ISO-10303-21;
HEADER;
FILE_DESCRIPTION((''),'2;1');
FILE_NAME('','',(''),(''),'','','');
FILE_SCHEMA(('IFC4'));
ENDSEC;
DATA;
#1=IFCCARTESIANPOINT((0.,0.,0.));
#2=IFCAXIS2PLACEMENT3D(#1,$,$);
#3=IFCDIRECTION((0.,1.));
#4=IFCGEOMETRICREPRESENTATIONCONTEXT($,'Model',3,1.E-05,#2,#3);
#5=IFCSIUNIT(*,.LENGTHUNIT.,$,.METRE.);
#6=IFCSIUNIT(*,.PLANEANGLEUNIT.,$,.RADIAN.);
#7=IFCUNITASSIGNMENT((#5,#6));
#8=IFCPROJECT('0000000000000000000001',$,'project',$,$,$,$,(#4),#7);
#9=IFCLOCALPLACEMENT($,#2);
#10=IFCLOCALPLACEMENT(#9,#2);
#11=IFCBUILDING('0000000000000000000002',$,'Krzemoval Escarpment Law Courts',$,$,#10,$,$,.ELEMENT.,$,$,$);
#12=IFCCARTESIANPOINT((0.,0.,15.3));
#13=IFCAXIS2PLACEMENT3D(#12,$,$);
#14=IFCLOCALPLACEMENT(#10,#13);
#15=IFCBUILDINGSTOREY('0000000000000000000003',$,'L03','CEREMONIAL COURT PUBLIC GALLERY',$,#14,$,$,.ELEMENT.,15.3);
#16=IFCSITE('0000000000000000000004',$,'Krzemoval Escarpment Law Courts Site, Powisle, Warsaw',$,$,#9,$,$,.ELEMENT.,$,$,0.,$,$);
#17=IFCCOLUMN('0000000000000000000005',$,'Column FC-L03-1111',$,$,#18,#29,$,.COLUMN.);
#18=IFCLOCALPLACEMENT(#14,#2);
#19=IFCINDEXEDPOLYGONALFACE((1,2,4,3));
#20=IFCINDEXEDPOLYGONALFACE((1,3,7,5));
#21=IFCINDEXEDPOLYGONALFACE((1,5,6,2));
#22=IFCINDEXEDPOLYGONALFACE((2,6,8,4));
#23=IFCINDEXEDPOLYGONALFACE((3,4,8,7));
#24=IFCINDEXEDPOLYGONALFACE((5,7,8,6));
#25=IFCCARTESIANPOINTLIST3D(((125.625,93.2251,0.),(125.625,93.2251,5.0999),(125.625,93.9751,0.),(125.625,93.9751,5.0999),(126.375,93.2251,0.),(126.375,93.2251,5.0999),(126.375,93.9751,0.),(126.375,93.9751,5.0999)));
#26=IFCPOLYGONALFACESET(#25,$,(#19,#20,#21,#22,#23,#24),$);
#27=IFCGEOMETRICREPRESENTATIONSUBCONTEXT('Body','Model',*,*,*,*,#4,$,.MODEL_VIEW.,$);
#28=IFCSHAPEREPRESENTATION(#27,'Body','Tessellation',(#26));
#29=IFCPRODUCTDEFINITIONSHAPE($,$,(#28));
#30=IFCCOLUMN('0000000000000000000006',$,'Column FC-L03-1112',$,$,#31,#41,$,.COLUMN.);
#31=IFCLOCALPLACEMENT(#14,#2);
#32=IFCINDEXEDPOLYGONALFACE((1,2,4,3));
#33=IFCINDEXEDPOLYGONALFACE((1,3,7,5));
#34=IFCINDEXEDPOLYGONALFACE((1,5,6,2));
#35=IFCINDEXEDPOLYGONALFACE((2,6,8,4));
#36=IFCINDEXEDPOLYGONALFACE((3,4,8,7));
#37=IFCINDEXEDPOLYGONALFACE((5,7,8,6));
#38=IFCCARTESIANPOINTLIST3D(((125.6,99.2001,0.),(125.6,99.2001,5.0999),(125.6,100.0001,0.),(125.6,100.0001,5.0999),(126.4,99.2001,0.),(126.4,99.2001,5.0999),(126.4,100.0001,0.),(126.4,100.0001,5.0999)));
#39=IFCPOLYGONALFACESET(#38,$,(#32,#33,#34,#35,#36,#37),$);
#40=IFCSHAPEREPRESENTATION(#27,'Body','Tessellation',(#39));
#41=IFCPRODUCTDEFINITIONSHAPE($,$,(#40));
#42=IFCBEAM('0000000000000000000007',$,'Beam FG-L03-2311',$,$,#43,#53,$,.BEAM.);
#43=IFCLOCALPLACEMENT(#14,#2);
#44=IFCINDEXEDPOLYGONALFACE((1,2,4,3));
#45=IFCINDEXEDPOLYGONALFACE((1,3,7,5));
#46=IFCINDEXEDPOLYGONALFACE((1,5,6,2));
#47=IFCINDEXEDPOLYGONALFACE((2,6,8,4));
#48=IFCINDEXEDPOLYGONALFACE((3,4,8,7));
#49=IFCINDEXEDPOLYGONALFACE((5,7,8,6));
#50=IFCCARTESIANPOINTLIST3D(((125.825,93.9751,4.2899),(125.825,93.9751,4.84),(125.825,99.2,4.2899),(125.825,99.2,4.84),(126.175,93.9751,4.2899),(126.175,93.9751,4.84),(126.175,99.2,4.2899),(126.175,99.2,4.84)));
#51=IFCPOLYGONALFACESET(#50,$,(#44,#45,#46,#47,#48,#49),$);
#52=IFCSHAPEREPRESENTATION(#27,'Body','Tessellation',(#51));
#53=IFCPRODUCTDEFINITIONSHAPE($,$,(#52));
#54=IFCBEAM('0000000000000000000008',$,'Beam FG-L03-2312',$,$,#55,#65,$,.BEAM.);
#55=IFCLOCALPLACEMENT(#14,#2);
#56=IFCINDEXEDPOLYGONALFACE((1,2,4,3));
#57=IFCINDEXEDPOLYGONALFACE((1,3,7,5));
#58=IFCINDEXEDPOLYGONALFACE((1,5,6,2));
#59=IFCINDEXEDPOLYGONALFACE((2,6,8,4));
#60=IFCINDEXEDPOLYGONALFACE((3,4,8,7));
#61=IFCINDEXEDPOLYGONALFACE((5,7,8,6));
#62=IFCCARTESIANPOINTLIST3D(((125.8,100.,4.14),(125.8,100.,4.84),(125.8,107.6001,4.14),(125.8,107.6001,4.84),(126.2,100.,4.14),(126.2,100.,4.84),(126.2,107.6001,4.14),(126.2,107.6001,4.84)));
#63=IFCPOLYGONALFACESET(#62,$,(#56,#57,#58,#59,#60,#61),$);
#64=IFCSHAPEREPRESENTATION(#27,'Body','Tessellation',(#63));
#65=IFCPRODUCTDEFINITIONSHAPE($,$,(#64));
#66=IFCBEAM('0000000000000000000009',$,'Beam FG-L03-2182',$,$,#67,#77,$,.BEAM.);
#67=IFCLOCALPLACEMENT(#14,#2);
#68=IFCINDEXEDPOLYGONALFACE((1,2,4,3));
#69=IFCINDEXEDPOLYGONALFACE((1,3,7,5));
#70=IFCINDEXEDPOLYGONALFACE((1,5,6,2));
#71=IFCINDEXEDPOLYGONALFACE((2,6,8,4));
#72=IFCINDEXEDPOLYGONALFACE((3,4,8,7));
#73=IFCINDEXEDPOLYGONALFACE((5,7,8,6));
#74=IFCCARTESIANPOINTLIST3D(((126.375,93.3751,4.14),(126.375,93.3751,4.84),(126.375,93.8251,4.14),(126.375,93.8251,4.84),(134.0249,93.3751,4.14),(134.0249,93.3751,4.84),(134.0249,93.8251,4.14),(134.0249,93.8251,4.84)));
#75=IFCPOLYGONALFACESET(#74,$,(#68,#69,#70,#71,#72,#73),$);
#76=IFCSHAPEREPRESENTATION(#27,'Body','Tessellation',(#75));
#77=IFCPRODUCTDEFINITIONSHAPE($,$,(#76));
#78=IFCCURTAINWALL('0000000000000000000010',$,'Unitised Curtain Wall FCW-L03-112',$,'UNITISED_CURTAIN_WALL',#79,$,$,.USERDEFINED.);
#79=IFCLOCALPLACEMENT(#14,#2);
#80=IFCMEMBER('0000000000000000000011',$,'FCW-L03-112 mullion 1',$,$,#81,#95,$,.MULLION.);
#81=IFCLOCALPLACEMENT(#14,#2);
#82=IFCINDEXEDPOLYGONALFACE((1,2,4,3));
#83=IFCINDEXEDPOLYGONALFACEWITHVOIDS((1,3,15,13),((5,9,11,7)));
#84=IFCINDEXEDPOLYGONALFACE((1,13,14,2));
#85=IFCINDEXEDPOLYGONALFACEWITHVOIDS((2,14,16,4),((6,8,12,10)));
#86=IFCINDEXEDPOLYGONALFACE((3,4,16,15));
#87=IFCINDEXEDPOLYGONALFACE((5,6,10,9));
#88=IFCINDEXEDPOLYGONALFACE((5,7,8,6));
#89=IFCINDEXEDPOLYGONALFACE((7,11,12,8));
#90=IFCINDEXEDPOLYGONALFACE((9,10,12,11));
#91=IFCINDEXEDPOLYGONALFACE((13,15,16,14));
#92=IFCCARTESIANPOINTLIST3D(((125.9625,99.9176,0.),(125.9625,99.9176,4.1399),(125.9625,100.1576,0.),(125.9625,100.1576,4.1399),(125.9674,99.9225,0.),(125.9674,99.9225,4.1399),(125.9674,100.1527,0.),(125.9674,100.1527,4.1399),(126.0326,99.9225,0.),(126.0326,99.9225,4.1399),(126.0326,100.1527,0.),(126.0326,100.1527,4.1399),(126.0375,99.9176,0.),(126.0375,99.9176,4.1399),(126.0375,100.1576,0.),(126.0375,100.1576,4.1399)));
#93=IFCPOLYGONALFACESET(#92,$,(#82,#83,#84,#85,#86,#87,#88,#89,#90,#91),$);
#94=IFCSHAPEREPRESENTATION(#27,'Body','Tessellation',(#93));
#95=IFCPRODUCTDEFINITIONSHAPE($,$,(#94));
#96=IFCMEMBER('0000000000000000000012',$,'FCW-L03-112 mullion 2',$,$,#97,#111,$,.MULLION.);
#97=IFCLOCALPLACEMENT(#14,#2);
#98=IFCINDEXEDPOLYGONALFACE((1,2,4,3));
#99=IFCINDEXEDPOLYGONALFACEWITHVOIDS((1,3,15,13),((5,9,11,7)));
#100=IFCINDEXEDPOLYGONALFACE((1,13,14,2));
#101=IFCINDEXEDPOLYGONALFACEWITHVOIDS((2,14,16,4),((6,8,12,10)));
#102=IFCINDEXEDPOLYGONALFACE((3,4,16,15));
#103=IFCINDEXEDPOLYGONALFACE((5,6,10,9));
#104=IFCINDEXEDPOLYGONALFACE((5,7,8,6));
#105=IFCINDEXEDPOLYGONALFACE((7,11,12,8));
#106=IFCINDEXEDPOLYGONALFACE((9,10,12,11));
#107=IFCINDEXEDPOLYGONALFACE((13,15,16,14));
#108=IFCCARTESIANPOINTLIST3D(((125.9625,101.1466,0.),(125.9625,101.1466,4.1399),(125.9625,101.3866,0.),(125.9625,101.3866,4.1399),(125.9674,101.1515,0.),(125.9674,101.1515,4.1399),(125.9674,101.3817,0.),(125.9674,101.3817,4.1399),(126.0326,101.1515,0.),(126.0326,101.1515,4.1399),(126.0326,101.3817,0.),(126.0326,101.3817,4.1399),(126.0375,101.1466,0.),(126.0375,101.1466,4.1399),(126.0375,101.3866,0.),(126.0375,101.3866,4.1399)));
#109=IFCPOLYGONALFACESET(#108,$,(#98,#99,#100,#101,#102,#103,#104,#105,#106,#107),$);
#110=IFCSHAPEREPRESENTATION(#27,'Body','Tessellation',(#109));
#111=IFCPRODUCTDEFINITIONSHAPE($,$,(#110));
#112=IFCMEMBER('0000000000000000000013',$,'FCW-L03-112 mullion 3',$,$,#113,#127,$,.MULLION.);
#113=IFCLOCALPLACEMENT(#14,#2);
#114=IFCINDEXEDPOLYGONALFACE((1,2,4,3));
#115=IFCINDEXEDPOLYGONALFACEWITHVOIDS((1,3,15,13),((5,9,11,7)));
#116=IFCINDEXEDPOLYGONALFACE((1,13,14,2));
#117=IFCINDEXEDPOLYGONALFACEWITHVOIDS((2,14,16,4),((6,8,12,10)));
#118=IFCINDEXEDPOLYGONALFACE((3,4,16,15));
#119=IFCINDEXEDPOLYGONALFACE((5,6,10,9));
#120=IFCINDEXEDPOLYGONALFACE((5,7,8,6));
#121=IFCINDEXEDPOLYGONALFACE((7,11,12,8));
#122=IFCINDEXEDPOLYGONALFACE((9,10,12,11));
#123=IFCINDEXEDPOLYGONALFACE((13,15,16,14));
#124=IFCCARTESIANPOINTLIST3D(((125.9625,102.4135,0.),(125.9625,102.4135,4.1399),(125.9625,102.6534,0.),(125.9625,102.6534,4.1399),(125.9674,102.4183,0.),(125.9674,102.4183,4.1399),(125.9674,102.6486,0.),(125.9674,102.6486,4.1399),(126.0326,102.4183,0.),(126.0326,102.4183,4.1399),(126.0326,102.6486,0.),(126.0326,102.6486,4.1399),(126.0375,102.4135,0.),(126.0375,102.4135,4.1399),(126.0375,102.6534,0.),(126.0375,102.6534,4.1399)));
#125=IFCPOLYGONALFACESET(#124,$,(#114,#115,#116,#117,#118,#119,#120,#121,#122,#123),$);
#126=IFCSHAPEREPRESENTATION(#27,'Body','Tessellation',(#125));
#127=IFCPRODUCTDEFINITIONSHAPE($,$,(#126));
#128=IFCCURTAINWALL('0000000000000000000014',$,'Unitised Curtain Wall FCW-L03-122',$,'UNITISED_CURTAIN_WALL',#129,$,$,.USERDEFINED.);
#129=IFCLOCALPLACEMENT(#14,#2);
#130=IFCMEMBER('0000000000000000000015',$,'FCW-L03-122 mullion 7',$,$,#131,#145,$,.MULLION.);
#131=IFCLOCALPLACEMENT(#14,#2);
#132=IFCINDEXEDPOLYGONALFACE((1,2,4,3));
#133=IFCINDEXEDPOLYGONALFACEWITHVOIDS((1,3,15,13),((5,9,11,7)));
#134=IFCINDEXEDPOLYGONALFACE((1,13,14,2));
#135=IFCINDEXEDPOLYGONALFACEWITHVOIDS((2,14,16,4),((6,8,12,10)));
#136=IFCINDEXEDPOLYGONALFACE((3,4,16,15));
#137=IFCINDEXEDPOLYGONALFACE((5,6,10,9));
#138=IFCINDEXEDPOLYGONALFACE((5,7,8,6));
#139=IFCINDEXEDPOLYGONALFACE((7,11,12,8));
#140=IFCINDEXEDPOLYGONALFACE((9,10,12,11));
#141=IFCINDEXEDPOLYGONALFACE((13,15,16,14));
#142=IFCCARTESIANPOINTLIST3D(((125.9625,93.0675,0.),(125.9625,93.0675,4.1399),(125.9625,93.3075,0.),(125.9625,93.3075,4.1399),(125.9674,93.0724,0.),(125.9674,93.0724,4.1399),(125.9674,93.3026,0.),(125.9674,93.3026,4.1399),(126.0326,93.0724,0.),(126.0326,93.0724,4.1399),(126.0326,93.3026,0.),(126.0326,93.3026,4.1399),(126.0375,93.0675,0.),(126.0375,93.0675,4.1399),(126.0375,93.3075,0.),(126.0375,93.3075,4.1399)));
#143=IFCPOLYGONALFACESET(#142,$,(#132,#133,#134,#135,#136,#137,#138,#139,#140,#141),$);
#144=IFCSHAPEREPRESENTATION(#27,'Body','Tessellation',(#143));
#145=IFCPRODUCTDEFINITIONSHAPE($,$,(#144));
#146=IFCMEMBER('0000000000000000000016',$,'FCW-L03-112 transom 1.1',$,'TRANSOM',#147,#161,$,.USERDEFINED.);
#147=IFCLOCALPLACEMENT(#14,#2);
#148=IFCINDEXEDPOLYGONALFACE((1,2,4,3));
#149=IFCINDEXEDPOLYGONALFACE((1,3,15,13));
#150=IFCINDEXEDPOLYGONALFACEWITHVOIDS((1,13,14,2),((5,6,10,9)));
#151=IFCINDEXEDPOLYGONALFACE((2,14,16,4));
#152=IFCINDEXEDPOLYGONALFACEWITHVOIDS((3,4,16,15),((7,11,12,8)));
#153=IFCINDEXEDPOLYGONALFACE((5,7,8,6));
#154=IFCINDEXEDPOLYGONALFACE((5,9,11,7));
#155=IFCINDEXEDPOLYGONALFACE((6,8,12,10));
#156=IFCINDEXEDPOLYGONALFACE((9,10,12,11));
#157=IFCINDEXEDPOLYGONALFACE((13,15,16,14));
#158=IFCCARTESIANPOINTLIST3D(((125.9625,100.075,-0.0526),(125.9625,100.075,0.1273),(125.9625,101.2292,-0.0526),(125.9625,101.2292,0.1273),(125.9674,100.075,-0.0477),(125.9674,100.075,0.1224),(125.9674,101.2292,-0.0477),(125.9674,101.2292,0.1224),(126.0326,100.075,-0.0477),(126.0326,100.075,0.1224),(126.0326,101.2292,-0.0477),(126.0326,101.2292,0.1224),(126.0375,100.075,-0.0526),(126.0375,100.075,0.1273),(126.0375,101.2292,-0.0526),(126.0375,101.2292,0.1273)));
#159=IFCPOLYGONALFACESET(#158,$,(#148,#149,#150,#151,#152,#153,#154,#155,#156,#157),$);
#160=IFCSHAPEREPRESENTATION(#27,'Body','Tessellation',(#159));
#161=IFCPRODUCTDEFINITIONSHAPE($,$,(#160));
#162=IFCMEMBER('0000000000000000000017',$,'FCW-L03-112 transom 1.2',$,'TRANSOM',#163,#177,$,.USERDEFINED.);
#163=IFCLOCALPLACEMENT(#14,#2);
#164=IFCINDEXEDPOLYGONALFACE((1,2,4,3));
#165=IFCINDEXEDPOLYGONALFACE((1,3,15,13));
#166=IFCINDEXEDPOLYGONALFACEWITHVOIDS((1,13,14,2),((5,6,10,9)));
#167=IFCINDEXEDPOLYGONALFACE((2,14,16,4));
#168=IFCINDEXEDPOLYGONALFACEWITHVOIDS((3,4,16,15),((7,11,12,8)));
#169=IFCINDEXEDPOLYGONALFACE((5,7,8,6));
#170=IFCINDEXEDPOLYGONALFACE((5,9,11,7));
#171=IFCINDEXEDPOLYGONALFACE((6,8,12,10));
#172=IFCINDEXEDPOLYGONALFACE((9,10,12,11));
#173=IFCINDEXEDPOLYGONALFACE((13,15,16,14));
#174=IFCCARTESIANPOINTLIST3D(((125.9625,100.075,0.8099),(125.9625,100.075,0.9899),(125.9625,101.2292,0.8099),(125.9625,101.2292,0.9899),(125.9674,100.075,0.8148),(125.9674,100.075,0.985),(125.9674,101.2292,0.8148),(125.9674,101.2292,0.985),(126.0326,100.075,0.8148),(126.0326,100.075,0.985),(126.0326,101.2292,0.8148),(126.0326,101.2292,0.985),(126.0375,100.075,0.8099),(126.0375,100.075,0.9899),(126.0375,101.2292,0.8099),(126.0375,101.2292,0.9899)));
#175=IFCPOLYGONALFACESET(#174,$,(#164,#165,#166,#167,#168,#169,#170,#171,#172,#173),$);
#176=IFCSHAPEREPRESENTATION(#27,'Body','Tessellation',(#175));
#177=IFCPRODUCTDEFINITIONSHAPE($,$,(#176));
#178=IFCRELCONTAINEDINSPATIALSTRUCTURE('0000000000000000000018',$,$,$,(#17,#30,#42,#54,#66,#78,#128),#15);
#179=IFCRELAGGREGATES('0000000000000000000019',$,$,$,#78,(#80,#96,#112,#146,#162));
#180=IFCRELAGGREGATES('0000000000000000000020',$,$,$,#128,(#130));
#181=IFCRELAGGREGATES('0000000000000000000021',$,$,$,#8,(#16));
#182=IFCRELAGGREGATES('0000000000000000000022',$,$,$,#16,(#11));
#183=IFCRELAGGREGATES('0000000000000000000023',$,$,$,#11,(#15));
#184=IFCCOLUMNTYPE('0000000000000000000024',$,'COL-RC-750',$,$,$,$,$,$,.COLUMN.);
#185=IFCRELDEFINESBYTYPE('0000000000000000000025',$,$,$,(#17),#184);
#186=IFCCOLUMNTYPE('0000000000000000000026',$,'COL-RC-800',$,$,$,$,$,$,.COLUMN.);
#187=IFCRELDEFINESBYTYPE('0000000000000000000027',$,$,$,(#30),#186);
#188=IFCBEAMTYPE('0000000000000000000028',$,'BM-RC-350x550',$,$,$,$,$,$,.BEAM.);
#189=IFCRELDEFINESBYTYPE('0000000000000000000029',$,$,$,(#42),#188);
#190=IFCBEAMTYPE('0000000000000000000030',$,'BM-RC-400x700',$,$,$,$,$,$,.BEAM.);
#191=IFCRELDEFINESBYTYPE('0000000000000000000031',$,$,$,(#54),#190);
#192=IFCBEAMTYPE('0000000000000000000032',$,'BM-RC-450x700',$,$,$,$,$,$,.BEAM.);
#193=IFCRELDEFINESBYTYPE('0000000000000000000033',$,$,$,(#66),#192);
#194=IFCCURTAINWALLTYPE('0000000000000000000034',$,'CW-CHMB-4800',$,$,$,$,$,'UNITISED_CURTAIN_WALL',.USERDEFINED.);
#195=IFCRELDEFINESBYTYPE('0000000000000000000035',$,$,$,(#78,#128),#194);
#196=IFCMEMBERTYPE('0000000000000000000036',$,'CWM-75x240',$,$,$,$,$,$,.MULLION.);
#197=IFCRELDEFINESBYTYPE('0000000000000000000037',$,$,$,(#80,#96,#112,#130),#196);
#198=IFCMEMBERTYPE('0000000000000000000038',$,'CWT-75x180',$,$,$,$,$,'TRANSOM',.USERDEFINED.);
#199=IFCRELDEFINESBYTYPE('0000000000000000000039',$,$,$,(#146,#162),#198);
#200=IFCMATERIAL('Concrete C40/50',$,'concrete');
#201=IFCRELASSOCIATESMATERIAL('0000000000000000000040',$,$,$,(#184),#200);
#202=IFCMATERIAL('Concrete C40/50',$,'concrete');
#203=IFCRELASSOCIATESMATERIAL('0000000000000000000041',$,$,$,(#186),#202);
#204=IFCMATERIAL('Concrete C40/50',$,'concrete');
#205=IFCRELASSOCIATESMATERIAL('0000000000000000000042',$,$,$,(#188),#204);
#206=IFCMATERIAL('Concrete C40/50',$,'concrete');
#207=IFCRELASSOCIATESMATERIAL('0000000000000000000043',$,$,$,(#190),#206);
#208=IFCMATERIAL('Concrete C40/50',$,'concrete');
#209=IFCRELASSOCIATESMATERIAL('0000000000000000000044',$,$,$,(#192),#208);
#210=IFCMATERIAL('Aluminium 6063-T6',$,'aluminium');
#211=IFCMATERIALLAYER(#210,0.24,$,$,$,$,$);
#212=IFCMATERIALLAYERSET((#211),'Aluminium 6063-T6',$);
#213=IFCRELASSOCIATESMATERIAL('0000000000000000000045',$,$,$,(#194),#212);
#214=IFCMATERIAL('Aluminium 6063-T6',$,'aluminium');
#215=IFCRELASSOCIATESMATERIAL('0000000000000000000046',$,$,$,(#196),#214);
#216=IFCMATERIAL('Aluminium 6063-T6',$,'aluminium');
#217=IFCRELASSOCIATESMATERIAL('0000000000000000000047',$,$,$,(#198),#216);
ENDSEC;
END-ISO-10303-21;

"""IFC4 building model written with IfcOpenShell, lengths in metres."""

from ifc_helpers import new_model, si_unit, direction, frame, origin, origin_2d, place, context, subcontext, project, spatial, rectangle, hollow_rectangle, extrude, material, layer, layer_set, material_profile, profile_set, type_object, element, aggregate, save


model = new_model("IFC4")

# Units and contexts
model_context = context("Model", 3, precision=1e-05, world=origin(), true_north=direction((0.0, 1.0)))
body_context = subcontext(model_context, "Body", "Model", "MODEL_VIEW")
ifc_project = project(units=[si_unit("LENGTHUNIT", "METRE"), si_unit("PLANEANGLEUNIT", "RADIAN")], contexts=[model_context])

# Site, building, storey
site_placement = place(None, origin())
site = spatial("IfcSite", under=ifc_project, at=site_placement, Name="Krzemoval Escarpment Law Courts Site, Powisle, Warsaw", CompositionType="ELEMENT", RefElevation=0.0)
building_placement = place(site_placement, origin())
building = spatial("IfcBuilding", under=site, at=building_placement, Name="Krzemoval Escarpment Law Courts", CompositionType="ELEMENT")
storey_placement = place(building_placement, frame((0.0, 0.0, 15.3)))
storey = spatial("IfcBuildingStorey", under=building, at=storey_placement, Name="L03", Description="CEREMONIAL COURT PUBLIC GALLERY", CompositionType="ELEMENT", Elevation=15.3)

# Columns
ifc_material_1 = material(Name="Concrete C40/50", Category="concrete")
ifc_material_profile_1 = material_profile(ifc_material_1, rectangle(XDim=0.75, YDim=0.75, at=origin_2d()), Name="RC 750x750")
ifc_profile_set_1 = profile_set([ifc_material_profile_1], Name="Concrete C40/50")
column_type_1 = type_object("IfcColumnType", Name="COL-RC-750", PredefinedType="COLUMN", material=ifc_profile_set_1)
column_1_placement = place(storey_placement, frame((126.0, 93.6001, 0.0), z_axis=(0.0, 0.0, 1.0), x_axis=(1.0, 0.0, 0.0)))
element("IfcColumn", 1, at=column_1_placement, inside=storey, type_object=column_type_1, Name="Column FC-L03-1111", PredefinedType="COLUMN", context=body_context, shape_type="SweptSolid", body=[
    extrude(rectangle(XDim=0.75, YDim=0.75, at=origin_2d()), origin(), (0.0, 0.0, 1.0), 5.0999),
])
ifc_material_2 = material(Name="Concrete C40/50", Category="concrete")
ifc_material_profile_2 = material_profile(ifc_material_2, rectangle(XDim=0.8, YDim=0.8, at=origin_2d()), Name="RC 800x800")
ifc_profile_set_2 = profile_set([ifc_material_profile_2], Name="Concrete C40/50")
column_type_2 = type_object("IfcColumnType", Name="COL-RC-800", PredefinedType="COLUMN", material=ifc_profile_set_2)
column_2_placement = place(storey_placement, frame((126.0, 99.6001, 0.0), z_axis=(0.0, 0.0, 1.0), x_axis=(1.0, 0.0, 0.0)))
element("IfcColumn", 2, at=column_2_placement, inside=storey, type_object=column_type_2, Name="Column FC-L03-1112", PredefinedType="COLUMN", context=body_context, shape_type="SweptSolid", body=[
    extrude(rectangle(XDim=0.8, YDim=0.8, at=origin_2d()), origin(), (0.0, 0.0, 1.0), 5.0999),
])

# Beams
ifc_material_3 = material(Name="Concrete C40/50", Category="concrete")
ifc_material_profile_3 = material_profile(ifc_material_3, rectangle(XDim=0.3501, YDim=0.55, at=origin_2d()), Name="RCB 350x550")
ifc_profile_set_3 = profile_set([ifc_material_profile_3], Name="Concrete C40/50")
beam_type_1 = type_object("IfcBeamType", Name="BM-RC-350x550", PredefinedType="BEAM", material=ifc_profile_set_3)
beam_1_placement = place(storey_placement, frame((126.0, 93.9751, 4.5649), z_axis=(0.0, 1.0, 0.0), x_axis=(-1.0, 0.0, 0.0)))
element("IfcBeam", 3, at=beam_1_placement, inside=storey, type_object=beam_type_1, Name="Beam FG-L03-2311", PredefinedType="BEAM", context=body_context, shape_type="SweptSolid", body=[
    extrude(rectangle(XDim=0.3501, YDim=0.55, at=origin_2d()), origin(), (0.0, 0.0, 1.0), 5.2249),
])
ifc_material_4 = material(Name="Concrete C40/50", Category="concrete")
ifc_material_profile_4 = material_profile(ifc_material_4, rectangle(XDim=0.3999, YDim=0.7, at=origin_2d()), Name="RCB 400x700")
ifc_profile_set_4 = profile_set([ifc_material_profile_4], Name="Concrete C40/50")
beam_type_2 = type_object("IfcBeamType", Name="BM-RC-400x700", PredefinedType="BEAM", material=ifc_profile_set_4)
beam_2_placement = place(storey_placement, frame((126.0, 100.0, 4.49), z_axis=(0.0, 1.0, 0.0), x_axis=(-1.0, 0.0, 0.0)))
element("IfcBeam", 4, at=beam_2_placement, inside=storey, type_object=beam_type_2, Name="Beam FG-L03-2312", PredefinedType="BEAM", context=body_context, shape_type="SweptSolid", body=[
    extrude(rectangle(XDim=0.3999, YDim=0.7, at=origin_2d()), origin(), (0.0, 0.0, 1.0), 7.6001),
])
ifc_material_5 = material(Name="Concrete C40/50", Category="concrete")
ifc_material_profile_5 = material_profile(ifc_material_5, rectangle(XDim=0.45, YDim=0.7, at=origin_2d()), Name="RCB 450x700")
ifc_profile_set_5 = profile_set([ifc_material_profile_5], Name="Concrete C40/50")
beam_type_3 = type_object("IfcBeamType", Name="BM-RC-450x700", PredefinedType="BEAM", material=ifc_profile_set_5)
beam_3_placement = place(storey_placement, frame((126.375, 93.6001, 4.49), z_axis=(1.0, 0.0, 0.0), x_axis=(0.0, 1.0, 0.0)))
element("IfcBeam", 5, at=beam_3_placement, inside=storey, type_object=beam_type_3, Name="Beam FG-L03-2182", PredefinedType="BEAM", context=body_context, shape_type="SweptSolid", body=[
    extrude(rectangle(XDim=0.45, YDim=0.7, at=origin_2d()), origin(), (0.0, 0.0, 1.0), 7.6499),
])

# Curtain wall, members
ifc_material_6 = material(Name="Aluminium 6063-T6", Category="aluminium")
ifc_layer_1 = layer(ifc_material_6, 0.24)
ifc_layer_set_1 = layer_set([ifc_layer_1], Name="Aluminium 6063-T6")
curtain_wall_type = type_object("IfcCurtainWallType", Name="CW-CHMB-4800", ElementType="UNITISED_CURTAIN_WALL", PredefinedType="USERDEFINED", material=ifc_layer_set_1)
curtain_wall_1_placement = place(storey_placement, origin())
curtain_wall_1 = element("IfcCurtainWall", 6, at=curtain_wall_1_placement, inside=storey, type_object=curtain_wall_type, Name="Unitised Curtain Wall FCW-L03-112", ObjectType="UNITISED_CURTAIN_WALL", PredefinedType="USERDEFINED")
ifc_material_7 = material(Name="Aluminium 6063-T6", Category="aluminium")
ifc_material_profile_6 = material_profile(ifc_material_7, hollow_rectangle(XDim=0.075, YDim=0.24, WallThickness=0.0049, at=origin_2d()), Name="ALU M75x240")
ifc_profile_set_6 = profile_set([ifc_material_profile_6], Name="Aluminium 6063-T6")
member_type_1 = type_object("IfcMemberType", Name="CWM-75x240", PredefinedType="MULLION", material=ifc_profile_set_6)
member_1_placement = place(storey_placement, frame((126.0, 100.0376, 0.0), z_axis=(0.0, 0.0, 1.0), x_axis=(-1.0, 0.0, 0.0)))
member_1 = element("IfcMember", 7, at=member_1_placement, type_object=member_type_1, Name="FCW-L03-112 mullion 1", PredefinedType="MULLION", context=body_context, shape_type="SweptSolid", body=[
    extrude(hollow_rectangle(XDim=0.075, YDim=0.24, WallThickness=0.0049, at=origin_2d()), origin(), (0.0, 0.0, 1.0), 4.1399),
])
member_2_placement = place(storey_placement, frame((126.0, 101.2666, 0.0), z_axis=(0.0, 0.0, 1.0), x_axis=(-1.0, 0.0, 0.0)))
member_2 = element("IfcMember", 8, at=member_2_placement, type_object=member_type_1, Name="FCW-L03-112 mullion 2", PredefinedType="MULLION", context=body_context, shape_type="SweptSolid", body=[
    extrude(hollow_rectangle(XDim=0.075, YDim=0.24, WallThickness=0.0049, at=origin_2d()), origin(), (0.0, 0.0, 1.0), 4.1399),
])
member_3_placement = place(storey_placement, frame((126.0, 102.5334, 0.0), z_axis=(0.0, 0.0, 1.0), x_axis=(-1.0, 0.0, 0.0)))
member_3 = element("IfcMember", 9, at=member_3_placement, type_object=member_type_1, Name="FCW-L03-112 mullion 3", PredefinedType="MULLION", context=body_context, shape_type="SweptSolid", body=[
    extrude(hollow_rectangle(XDim=0.075, YDim=0.24, WallThickness=0.0049, at=origin_2d()), origin(), (0.0, 0.0, 1.0), 4.1399),
])

# Curtain wall, member
curtain_wall_2_placement = place(storey_placement, origin())
curtain_wall_2 = element("IfcCurtainWall", 10, at=curtain_wall_2_placement, inside=storey, type_object=curtain_wall_type, Name="Unitised Curtain Wall FCW-L03-122", ObjectType="UNITISED_CURTAIN_WALL", PredefinedType="USERDEFINED")
member_4_placement = place(storey_placement, frame((126.0, 93.1875, 0.0), z_axis=(0.0, 0.0, 1.0), x_axis=(-1.0, 0.0, 0.0)))
member_4 = element("IfcMember", 11, at=member_4_placement, type_object=member_type_1, Name="FCW-L03-122 mullion 7", PredefinedType="MULLION", context=body_context, shape_type="SweptSolid", body=[
    extrude(hollow_rectangle(XDim=0.075, YDim=0.24, WallThickness=0.0049, at=origin_2d()), origin(), (0.0, 0.0, 1.0), 4.1399),
])

# Members
ifc_material_8 = material(Name="Aluminium 6063-T6", Category="aluminium")
ifc_material_profile_7 = material_profile(ifc_material_8, hollow_rectangle(XDim=0.075, YDim=0.1799, WallThickness=0.0049, at=origin_2d()), Name="ALU T75x180")
ifc_profile_set_7 = profile_set([ifc_material_profile_7], Name="Aluminium 6063-T6")
member_type_2 = type_object("IfcMemberType", Name="CWT-75x180", ElementType="TRANSOM", PredefinedType="USERDEFINED", material=ifc_profile_set_7)
member_5_placement = place(storey_placement, frame((126.0, 100.075, 0.0374), z_axis=(0.0, 1.0, 0.0), x_axis=(-1.0, 0.0, 0.0)))
member_5 = element("IfcMember", 12, at=member_5_placement, type_object=member_type_2, Name="FCW-L03-112 transom 1.1", ObjectType="TRANSOM", PredefinedType="USERDEFINED", context=body_context, shape_type="SweptSolid", body=[
    extrude(hollow_rectangle(XDim=0.075, YDim=0.1799, WallThickness=0.0049, at=origin_2d()), origin(), (0.0, 0.0, 1.0), 1.1543),
])
member_6_placement = place(storey_placement, frame((126.0, 100.075, 0.8999), z_axis=(0.0, 1.0, 0.0), x_axis=(-1.0, 0.0, 0.0)))
member_6 = element("IfcMember", 13, at=member_6_placement, type_object=member_type_2, Name="FCW-L03-112 transom 1.2", ObjectType="TRANSOM", PredefinedType="USERDEFINED", context=body_context, shape_type="SweptSolid", body=[
    extrude(hollow_rectangle(XDim=0.075, YDim=0.1799, WallThickness=0.0049, at=origin_2d()), origin(), (0.0, 0.0, 1.0), 1.1543),
])

aggregate(curtain_wall_1, [member_1, member_2, member_3, member_5, member_6])
aggregate(curtain_wall_2, [member_4])

save(model, "model.ifc")
